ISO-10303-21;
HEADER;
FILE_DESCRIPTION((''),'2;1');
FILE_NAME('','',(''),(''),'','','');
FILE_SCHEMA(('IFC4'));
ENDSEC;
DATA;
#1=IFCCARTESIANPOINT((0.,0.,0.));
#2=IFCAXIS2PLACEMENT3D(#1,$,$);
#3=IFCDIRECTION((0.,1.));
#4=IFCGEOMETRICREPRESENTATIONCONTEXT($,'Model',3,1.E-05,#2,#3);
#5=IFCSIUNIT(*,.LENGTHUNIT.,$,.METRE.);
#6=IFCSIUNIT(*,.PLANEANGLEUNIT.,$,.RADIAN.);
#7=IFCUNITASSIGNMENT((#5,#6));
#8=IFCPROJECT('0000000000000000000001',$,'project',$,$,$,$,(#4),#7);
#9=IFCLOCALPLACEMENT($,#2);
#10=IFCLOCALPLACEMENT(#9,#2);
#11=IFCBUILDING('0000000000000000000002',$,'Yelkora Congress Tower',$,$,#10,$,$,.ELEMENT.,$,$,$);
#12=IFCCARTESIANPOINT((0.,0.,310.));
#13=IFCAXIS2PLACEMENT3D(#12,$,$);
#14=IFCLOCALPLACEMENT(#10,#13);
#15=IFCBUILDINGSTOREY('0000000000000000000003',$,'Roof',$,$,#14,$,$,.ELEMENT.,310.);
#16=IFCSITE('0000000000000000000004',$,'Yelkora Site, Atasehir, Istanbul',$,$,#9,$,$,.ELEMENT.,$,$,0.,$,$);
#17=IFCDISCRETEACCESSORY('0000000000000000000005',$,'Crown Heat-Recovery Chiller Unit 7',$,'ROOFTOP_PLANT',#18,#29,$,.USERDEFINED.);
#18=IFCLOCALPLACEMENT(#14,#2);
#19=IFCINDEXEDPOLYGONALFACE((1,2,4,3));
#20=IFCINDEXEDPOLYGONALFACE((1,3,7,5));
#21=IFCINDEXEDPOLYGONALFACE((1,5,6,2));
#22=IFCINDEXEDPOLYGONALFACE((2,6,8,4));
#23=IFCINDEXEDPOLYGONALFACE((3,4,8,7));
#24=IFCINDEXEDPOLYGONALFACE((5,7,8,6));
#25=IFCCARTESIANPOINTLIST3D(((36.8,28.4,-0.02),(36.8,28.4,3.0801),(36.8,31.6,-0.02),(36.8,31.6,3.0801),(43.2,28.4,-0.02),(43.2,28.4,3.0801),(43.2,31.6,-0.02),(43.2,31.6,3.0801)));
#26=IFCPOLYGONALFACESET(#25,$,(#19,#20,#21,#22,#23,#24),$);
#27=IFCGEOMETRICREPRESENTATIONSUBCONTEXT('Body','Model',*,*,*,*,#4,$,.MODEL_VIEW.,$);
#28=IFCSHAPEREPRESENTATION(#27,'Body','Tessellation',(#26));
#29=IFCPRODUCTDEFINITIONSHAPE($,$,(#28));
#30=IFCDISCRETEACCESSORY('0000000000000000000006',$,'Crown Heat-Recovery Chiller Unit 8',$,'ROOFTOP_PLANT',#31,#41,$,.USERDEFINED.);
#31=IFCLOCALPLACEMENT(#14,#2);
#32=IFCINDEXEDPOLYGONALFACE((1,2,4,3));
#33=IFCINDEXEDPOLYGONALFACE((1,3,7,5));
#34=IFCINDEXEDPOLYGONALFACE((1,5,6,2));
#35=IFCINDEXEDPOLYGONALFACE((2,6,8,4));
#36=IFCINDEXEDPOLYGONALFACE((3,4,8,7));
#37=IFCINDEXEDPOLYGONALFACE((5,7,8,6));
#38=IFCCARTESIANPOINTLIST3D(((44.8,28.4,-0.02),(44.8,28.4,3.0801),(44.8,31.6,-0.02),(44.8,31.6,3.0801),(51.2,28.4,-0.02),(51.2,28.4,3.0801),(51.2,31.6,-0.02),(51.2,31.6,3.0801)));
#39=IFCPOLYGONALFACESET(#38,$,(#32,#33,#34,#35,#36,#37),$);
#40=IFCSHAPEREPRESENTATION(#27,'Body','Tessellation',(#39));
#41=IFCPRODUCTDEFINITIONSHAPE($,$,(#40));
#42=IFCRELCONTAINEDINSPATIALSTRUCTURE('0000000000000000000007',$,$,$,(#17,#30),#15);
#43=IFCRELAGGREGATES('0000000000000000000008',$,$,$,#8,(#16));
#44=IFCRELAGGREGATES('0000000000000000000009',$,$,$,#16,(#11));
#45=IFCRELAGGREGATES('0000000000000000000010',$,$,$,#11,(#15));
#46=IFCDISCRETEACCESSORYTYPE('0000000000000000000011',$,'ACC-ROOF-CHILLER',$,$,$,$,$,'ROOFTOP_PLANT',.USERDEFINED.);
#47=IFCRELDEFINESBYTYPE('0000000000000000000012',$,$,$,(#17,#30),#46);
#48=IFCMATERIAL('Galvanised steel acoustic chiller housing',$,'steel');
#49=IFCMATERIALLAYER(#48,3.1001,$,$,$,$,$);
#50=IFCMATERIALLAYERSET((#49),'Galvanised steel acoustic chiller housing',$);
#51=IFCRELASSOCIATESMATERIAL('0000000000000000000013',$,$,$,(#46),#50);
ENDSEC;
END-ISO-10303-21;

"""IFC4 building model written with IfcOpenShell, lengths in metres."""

from ifc_helpers import new_model, si_unit, direction, frame, origin, origin_2d, place, context, subcontext, project, spatial, rectangle, extrude, material, layer, layer_set, type_object, element, save


model = new_model("IFC4")

# Units and contexts
model_context = context("Model", 3, precision=1e-05, world=origin(), true_north=direction((0.0, 1.0)))
body_context = subcontext(model_context, "Body", "Model", "MODEL_VIEW")
ifc_project = project(units=[si_unit("LENGTHUNIT", "METRE"), si_unit("PLANEANGLEUNIT", "RADIAN")], contexts=[model_context])

# Site, building, storey
site_placement = place(None, origin())
site = spatial("IfcSite", under=ifc_project, at=site_placement, Name="Yelkora Site, Atasehir, Istanbul", CompositionType="ELEMENT", RefElevation=0.0)
building_placement = place(site_placement, origin())
building = spatial("IfcBuilding", under=site, at=building_placement, Name="Yelkora Congress Tower", CompositionType="ELEMENT")
storey_placement = place(building_placement, frame((0.0, 0.0, 310.0)))
storey = spatial("IfcBuildingStorey", under=building, at=storey_placement, Name="Roof", CompositionType="ELEMENT", Elevation=310.0)

# Discrete accessories
ifc_material_1 = material(Name="Galvanised steel acoustic chiller housing", Category="steel")
ifc_layer_1 = layer(ifc_material_1, 3.1001)
ifc_layer_set_1 = layer_set([ifc_layer_1], Name="Galvanised steel acoustic chiller housing")
discrete_accessory_type = type_object("IfcDiscreteAccessoryType", Name="ACC-ROOF-CHILLER", ElementType="ROOFTOP_PLANT", PredefinedType="USERDEFINED", material=ifc_layer_set_1)
for number, where, z_axis, x_axis, name in (
    (1, (40.0, 30.0, -0.02), (0.0, 0.0, 1.0), (1.0, 0.0, 0.0), "Crown Heat-Recovery Chiller Unit 7"),
    (2, (48.0, 30.0, -0.02), (0.0, 0.0, 1.0), (1.0, 0.0, 0.0), "Crown Heat-Recovery Chiller Unit 8"),
):
    element("IfcDiscreteAccessory", number, at=place(storey_placement, frame(where, z_axis=z_axis, x_axis=x_axis)), inside=storey, type_object=discrete_accessory_type, Name=name, ObjectType="ROOFTOP_PLANT", PredefinedType="USERDEFINED", context=body_context, shape_type="SweptSolid", body=[
        extrude(rectangle(XDim=6.3999, YDim=3.2, at=origin_2d()), origin(), (0.0, 0.0, 1.0), 3.1001),
    ])

save(model, "model.ifc")
